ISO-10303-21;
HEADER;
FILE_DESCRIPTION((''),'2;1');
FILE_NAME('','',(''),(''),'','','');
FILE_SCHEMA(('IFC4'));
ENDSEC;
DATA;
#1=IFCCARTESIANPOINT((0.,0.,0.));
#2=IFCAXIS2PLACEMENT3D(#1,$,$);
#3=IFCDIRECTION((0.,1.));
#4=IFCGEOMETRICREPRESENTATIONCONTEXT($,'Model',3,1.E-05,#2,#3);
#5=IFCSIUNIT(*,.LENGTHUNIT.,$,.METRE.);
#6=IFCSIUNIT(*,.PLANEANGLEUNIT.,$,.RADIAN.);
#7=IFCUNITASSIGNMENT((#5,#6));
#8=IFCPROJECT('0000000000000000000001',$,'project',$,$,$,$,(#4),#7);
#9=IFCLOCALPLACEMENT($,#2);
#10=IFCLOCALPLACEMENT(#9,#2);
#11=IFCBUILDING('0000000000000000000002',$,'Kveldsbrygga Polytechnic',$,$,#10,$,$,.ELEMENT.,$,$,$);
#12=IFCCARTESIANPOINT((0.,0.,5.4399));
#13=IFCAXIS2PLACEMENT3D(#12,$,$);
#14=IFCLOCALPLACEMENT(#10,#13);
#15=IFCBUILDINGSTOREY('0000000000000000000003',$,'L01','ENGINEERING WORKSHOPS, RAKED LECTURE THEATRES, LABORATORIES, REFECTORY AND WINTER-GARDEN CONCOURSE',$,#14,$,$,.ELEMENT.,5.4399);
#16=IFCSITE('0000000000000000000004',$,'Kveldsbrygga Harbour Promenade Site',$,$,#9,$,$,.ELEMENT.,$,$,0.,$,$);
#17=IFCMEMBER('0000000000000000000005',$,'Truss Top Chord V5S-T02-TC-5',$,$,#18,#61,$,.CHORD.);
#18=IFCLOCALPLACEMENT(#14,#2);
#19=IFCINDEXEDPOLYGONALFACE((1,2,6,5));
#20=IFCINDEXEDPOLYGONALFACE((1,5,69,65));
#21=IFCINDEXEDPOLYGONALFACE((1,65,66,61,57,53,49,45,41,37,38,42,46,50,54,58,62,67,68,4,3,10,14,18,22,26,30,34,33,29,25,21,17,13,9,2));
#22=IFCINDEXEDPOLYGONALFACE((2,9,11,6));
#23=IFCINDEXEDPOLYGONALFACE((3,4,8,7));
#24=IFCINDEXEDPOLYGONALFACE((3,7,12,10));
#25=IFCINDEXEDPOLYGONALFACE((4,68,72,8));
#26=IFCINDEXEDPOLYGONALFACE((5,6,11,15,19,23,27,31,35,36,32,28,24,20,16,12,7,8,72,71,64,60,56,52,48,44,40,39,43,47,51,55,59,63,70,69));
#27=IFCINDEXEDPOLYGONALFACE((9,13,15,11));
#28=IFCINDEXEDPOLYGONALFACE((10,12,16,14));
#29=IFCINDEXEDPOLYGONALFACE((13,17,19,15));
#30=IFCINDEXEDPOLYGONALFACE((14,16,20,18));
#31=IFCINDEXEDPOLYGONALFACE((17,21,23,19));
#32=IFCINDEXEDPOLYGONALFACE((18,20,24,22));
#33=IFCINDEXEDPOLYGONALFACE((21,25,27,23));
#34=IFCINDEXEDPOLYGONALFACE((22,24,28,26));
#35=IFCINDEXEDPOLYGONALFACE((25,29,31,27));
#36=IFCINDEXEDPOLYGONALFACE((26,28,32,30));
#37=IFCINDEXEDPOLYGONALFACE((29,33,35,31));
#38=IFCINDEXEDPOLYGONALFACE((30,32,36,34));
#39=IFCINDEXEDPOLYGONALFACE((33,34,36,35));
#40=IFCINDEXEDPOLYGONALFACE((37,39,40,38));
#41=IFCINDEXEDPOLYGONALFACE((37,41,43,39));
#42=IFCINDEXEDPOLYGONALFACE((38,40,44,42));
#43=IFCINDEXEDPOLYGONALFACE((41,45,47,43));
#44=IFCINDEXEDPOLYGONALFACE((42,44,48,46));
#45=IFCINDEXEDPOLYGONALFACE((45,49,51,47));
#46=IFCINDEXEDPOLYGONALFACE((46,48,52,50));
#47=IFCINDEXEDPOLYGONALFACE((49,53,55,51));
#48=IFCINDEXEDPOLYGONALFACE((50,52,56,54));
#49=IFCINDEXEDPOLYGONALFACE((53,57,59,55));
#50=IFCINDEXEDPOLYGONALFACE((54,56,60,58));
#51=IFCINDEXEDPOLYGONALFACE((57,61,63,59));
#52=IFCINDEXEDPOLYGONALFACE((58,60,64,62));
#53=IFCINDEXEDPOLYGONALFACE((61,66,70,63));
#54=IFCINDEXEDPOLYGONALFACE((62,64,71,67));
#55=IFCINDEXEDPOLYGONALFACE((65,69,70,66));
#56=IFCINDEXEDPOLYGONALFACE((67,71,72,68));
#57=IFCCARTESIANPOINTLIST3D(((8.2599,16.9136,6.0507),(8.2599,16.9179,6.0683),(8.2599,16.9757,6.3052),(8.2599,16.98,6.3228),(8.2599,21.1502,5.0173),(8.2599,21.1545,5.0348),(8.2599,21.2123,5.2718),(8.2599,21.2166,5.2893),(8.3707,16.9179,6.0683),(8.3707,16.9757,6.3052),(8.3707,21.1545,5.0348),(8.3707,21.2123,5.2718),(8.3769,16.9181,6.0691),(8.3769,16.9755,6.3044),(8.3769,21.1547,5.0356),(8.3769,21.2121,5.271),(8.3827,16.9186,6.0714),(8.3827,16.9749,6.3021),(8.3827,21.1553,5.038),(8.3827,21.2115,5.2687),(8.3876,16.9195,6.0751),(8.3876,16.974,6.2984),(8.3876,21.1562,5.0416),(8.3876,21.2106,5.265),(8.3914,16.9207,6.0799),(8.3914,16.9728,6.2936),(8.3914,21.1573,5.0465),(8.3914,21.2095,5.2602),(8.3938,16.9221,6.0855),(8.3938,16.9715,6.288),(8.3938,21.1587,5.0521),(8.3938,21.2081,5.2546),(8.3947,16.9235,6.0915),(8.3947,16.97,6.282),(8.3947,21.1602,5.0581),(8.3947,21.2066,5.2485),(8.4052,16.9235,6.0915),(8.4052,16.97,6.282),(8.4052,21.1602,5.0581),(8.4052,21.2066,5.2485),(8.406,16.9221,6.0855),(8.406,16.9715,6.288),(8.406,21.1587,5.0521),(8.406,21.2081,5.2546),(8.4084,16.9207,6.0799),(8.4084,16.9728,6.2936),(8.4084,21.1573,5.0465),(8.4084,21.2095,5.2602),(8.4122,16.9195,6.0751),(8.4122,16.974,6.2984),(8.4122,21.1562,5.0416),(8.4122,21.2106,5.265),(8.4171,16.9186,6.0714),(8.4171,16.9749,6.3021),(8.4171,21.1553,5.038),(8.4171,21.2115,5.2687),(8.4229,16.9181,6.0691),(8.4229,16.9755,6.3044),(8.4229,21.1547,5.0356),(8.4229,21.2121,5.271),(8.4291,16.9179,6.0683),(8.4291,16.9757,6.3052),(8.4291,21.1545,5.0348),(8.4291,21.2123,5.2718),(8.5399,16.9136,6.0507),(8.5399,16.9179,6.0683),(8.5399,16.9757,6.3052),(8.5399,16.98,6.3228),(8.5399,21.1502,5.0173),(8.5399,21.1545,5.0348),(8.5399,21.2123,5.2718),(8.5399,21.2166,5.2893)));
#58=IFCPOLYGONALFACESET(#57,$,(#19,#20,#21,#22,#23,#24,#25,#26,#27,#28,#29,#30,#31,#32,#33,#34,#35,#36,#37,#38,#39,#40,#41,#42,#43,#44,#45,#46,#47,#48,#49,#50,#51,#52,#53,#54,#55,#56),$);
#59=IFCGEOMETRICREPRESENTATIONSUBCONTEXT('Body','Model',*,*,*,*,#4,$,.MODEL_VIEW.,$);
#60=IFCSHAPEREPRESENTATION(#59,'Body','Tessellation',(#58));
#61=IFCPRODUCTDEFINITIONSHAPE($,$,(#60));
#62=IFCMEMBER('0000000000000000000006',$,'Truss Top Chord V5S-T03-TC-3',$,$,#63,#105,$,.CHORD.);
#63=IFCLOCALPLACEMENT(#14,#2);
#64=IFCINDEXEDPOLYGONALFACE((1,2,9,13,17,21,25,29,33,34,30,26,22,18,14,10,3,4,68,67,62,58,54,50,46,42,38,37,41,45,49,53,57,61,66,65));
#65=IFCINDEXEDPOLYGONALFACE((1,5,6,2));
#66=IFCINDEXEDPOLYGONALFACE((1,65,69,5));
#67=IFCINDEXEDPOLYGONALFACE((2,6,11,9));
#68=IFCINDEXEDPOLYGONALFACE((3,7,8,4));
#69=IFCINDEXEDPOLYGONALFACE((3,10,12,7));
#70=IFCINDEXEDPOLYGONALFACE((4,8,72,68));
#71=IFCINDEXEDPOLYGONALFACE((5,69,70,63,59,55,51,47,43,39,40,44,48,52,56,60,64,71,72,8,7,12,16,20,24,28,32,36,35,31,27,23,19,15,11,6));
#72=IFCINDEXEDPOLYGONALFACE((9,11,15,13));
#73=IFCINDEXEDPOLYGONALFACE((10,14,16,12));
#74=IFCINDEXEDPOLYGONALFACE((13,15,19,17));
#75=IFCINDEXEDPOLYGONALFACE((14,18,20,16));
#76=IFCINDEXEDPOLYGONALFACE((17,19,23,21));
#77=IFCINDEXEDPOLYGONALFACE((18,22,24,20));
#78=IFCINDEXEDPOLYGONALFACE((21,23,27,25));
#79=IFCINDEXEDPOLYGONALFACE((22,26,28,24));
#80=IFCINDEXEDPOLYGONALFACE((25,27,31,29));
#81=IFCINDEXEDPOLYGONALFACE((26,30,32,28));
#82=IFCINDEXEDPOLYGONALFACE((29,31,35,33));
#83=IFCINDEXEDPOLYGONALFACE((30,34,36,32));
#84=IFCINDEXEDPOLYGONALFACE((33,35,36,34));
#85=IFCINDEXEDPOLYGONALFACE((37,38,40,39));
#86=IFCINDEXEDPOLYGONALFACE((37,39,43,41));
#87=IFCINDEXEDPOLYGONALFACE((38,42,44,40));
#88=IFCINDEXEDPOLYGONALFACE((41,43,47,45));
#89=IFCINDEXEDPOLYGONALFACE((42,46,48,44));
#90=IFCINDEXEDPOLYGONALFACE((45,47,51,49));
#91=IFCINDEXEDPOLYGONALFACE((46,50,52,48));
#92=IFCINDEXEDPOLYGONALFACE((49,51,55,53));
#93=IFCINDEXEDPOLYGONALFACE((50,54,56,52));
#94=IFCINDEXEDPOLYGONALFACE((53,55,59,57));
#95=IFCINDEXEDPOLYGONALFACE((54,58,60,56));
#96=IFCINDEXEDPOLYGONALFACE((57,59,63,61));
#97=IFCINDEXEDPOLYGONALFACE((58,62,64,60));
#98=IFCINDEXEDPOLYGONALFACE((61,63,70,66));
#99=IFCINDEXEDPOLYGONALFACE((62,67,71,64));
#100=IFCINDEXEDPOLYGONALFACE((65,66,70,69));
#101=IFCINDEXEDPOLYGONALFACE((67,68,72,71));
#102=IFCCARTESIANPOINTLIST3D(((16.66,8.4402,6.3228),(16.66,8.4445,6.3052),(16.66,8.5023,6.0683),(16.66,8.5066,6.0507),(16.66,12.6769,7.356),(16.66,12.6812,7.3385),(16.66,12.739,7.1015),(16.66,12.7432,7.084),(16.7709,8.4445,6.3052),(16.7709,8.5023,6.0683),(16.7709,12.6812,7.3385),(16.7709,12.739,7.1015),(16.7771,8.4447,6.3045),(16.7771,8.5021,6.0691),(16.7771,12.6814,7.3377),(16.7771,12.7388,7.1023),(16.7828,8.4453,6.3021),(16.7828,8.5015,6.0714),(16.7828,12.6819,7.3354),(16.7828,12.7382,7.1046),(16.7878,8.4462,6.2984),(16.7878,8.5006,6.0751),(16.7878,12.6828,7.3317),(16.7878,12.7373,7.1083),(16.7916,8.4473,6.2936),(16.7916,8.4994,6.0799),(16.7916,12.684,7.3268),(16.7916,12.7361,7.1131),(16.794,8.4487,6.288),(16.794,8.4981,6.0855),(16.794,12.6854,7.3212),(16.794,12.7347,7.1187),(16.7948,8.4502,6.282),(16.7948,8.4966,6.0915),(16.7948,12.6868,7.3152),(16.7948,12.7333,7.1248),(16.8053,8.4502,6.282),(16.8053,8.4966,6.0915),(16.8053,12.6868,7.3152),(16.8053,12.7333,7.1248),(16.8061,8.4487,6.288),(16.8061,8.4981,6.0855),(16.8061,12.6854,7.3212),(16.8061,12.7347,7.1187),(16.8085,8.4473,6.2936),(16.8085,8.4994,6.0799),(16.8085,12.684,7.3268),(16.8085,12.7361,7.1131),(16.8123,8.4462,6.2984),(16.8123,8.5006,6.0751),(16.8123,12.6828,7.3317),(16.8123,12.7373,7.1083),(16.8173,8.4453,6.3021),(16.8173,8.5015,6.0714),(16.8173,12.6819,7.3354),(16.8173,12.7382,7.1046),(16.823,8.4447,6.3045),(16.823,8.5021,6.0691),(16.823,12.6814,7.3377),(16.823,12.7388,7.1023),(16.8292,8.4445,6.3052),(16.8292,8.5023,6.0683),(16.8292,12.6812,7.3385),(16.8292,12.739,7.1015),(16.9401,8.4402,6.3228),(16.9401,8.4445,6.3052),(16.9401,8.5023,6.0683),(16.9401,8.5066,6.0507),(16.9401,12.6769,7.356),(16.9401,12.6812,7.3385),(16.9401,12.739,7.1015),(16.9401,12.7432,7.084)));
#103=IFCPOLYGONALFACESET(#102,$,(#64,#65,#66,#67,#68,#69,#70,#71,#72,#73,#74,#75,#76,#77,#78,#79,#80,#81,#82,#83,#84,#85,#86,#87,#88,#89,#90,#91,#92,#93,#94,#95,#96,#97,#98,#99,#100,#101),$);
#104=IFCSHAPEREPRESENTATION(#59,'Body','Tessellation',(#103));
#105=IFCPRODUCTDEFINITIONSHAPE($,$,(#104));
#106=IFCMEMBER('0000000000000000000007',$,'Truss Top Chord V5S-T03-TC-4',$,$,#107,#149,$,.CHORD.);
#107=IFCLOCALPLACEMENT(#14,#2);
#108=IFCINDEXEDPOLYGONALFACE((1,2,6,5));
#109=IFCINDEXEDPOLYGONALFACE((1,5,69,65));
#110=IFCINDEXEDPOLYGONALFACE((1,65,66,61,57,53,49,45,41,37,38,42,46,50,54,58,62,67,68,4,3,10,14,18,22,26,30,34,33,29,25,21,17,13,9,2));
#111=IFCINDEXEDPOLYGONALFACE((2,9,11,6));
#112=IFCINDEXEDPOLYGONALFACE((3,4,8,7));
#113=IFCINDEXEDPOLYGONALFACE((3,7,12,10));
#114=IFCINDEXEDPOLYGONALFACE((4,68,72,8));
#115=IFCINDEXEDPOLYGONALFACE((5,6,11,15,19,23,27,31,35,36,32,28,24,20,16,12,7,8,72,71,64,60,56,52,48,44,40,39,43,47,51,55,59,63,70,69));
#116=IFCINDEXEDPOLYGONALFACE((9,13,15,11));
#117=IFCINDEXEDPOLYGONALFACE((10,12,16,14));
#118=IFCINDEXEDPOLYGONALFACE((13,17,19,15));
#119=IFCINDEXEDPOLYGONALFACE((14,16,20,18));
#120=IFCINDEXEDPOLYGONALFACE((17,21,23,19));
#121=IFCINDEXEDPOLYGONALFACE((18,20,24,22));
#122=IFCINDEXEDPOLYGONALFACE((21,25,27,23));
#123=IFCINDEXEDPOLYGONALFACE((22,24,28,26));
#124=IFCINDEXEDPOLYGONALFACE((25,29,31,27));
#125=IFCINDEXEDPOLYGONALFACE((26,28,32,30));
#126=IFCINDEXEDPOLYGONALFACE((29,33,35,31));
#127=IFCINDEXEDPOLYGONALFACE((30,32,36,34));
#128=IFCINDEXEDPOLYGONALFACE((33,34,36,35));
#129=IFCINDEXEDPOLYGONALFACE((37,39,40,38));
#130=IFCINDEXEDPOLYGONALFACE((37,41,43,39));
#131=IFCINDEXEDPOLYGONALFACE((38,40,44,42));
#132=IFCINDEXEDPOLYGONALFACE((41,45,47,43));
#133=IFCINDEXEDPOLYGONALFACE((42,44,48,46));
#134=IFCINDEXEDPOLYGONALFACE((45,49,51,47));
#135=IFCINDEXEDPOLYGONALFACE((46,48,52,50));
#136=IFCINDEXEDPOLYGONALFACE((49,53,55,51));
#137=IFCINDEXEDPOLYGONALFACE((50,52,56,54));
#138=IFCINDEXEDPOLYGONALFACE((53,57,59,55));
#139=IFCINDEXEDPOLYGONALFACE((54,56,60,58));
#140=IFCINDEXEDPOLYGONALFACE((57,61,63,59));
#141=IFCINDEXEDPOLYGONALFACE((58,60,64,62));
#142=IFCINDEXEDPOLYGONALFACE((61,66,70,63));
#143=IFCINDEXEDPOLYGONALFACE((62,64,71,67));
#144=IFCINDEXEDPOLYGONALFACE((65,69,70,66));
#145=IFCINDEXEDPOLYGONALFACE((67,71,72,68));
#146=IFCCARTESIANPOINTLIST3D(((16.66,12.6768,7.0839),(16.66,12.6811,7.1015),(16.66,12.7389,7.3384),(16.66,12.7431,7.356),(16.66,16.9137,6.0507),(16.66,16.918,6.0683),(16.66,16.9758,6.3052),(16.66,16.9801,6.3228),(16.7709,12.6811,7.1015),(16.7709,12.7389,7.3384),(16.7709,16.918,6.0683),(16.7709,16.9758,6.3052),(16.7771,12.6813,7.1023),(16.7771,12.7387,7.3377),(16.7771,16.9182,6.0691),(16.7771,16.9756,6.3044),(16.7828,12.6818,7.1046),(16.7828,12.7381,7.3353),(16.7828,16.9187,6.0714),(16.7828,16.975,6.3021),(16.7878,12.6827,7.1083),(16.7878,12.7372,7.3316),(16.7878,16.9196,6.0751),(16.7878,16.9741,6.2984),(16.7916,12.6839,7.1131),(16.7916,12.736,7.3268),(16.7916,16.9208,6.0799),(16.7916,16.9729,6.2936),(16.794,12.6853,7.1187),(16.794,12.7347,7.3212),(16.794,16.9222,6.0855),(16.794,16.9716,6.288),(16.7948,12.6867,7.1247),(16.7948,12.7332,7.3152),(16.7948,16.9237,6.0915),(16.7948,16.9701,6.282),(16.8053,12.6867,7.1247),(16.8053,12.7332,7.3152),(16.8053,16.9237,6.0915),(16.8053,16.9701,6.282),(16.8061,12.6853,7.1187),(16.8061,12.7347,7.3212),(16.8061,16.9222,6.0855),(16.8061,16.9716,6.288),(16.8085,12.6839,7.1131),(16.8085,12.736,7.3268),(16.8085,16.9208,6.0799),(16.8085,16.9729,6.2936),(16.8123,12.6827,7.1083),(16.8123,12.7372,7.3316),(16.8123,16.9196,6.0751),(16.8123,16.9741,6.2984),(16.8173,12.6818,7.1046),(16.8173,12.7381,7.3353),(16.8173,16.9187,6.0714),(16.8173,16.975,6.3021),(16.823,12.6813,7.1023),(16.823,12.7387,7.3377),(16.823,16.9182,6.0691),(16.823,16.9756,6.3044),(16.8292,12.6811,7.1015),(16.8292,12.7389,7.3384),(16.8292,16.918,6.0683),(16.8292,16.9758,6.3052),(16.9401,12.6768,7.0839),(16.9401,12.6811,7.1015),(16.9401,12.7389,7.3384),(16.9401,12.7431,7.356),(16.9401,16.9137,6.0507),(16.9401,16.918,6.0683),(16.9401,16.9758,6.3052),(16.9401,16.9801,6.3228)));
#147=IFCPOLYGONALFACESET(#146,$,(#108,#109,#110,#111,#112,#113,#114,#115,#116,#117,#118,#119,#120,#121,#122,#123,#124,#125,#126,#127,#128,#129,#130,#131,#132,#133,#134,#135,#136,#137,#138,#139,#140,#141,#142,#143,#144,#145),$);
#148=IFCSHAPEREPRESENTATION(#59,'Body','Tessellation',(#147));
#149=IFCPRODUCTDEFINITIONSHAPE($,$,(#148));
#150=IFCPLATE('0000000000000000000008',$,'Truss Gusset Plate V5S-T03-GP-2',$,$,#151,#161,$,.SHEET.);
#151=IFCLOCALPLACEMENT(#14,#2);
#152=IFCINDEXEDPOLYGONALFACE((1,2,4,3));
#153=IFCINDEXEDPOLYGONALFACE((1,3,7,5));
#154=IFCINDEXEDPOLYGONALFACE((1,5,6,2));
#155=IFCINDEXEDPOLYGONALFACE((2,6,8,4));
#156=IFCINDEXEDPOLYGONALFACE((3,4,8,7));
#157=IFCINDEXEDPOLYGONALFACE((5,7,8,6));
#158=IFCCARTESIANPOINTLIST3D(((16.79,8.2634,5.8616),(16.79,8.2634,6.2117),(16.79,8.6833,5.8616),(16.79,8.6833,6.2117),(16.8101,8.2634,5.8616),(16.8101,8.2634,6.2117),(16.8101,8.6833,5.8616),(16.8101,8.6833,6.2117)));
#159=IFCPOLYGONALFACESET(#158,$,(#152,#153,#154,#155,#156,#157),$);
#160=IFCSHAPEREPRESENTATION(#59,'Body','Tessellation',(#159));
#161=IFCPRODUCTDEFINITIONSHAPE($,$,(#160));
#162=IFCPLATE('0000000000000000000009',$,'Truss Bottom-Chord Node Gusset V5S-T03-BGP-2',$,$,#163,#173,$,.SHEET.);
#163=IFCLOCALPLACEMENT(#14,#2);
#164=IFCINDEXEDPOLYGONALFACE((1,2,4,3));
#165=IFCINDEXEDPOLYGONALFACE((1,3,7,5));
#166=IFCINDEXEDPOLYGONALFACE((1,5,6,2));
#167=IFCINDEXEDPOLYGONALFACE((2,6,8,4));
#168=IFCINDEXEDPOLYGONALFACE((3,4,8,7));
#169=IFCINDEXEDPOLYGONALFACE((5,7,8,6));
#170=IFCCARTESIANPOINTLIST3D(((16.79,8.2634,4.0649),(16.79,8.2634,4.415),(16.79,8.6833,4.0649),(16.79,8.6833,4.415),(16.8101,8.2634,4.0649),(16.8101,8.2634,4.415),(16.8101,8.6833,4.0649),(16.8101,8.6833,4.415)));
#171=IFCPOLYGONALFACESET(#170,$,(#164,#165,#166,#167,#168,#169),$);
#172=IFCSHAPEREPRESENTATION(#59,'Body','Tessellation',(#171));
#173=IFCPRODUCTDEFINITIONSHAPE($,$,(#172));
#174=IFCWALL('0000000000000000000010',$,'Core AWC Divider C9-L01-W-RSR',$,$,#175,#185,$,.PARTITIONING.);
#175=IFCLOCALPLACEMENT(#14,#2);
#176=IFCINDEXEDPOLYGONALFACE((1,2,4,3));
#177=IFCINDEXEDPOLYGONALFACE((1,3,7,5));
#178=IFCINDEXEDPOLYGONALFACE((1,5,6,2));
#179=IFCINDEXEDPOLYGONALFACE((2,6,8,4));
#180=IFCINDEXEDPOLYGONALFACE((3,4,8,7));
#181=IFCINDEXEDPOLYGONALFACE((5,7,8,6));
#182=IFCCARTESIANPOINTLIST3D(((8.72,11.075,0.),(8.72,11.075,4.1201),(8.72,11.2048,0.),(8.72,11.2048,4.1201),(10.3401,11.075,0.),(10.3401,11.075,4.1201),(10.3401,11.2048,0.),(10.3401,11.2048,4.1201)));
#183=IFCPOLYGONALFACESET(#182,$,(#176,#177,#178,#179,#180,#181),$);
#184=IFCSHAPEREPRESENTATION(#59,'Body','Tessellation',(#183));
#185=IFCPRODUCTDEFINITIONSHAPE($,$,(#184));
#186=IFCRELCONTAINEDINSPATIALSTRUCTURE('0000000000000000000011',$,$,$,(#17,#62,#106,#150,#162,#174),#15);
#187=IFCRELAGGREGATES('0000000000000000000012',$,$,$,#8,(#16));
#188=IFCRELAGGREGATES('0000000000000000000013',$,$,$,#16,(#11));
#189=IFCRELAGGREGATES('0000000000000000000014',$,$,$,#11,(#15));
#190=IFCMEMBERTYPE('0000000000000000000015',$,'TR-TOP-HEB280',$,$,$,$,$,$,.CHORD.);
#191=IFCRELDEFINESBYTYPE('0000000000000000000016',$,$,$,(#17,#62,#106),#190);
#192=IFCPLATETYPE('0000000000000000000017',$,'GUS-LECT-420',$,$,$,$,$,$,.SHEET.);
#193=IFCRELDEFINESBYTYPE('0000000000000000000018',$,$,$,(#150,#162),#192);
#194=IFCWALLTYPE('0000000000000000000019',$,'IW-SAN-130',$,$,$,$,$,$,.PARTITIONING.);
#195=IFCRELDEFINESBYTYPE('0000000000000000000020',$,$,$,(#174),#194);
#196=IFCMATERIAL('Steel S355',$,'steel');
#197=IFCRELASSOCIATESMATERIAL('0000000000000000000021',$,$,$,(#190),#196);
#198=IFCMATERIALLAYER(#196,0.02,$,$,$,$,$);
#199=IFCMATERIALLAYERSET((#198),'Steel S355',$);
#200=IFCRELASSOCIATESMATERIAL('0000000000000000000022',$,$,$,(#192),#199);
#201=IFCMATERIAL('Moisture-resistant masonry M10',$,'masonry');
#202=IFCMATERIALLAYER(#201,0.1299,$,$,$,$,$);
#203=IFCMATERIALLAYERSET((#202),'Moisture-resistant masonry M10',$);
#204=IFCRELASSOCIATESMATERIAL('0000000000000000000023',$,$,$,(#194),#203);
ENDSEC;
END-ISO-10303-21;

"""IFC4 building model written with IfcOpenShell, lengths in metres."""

from ifc_helpers import new_model, si_unit, direction, frame, frame_2d, origin, origin_2d, place, context, subcontext, project, spatial, rectangle, i_section, extrude, material, layer, layer_set, material_profile, profile_set, type_object, element, save


model = new_model("IFC4")

# Units and contexts
model_context = context("Model", 3, precision=1e-05, world=origin(), true_north=direction((0.0, 1.0)))
body_context = subcontext(model_context, "Body", "Model", "MODEL_VIEW")
ifc_project = project(units=[si_unit("LENGTHUNIT", "METRE"), si_unit("PLANEANGLEUNIT", "RADIAN")], contexts=[model_context])

# Site, building, storey
site_placement = place(None, origin())
site = spatial("IfcSite", under=ifc_project, at=site_placement, Name="Kveldsbrygga Harbour Promenade Site", CompositionType="ELEMENT", RefElevation=0.0)
building_placement = place(site_placement, origin())
building = spatial("IfcBuilding", under=site, at=building_placement, Name="Kveldsbrygga Polytechnic", CompositionType="ELEMENT")
storey_placement = place(building_placement, frame((0.0, 0.0, 5.4399)))
storey = spatial("IfcBuildingStorey", under=building, at=storey_placement, Name="L01", Description="ENGINEERING WORKSHOPS, RAKED LECTURE THEATRES, LABORATORIES, REFECTORY AND WINTER-GARDEN CONCOURSE", CompositionType="ELEMENT", Elevation=5.4399)

# Members
ifc_material_1 = material(Name="Steel S355", Category="steel")
ifc_material_profile_1 = material_profile(ifc_material_1, i_section(OverallWidth=0.28, OverallDepth=0.28, WebThickness=0.0105, FlangeThickness=0.0181, FilletRadius=0.0239, at=origin_2d()), Name="HEB 280")
ifc_profile_set_1 = profile_set([ifc_material_profile_1], Name="Steel S355")
member_type_1 = type_object("IfcMemberType", Name="TR-TOP-HEB280", PredefinedType="CHORD", material=ifc_profile_set_1)
for number, where, z_axis, x_axis, name in (
    (1, (8.3999, 16.9468, 6.1868), (0.0, 0.971513, -0.236986), (-1.0, 0.0, 0.0), "Truss Top Chord V5S-T02-TC-5"),
    (2, (16.8, 8.4734, 6.1868), (0.0, 0.971526, 0.236933), (-1.0, 0.0, 0.0), "Truss Top Chord V5S-T03-TC-3"),
):
    element("IfcMember", number, at=place(storey_placement, frame(where, z_axis=z_axis, x_axis=x_axis)), inside=storey, type_object=member_type_1, Name=name, PredefinedType="CHORD", context=body_context, shape_type="SweptSolid", body=[
        extrude(i_section(OverallWidth=0.28, OverallDepth=0.28, WebThickness=0.0105, FlangeThickness=0.0181, FilletRadius=0.0239, at=origin_2d()), origin(), (0.0, 0.0, 1.0), 4.3608),
    ])
member_1_placement = place(storey_placement, frame((16.8, 12.71, 7.22), z_axis=(0.0, 0.971529, -0.23692), x_axis=(-1.0, 0.0, 0.0)))
element("IfcMember", 3, at=member_1_placement, inside=storey, type_object=member_type_1, Name="Truss Top Chord V5S-T03-TC-4", PredefinedType="CHORD", context=body_context, shape_type="SweptSolid", body=[
    extrude(i_section(OverallWidth=0.28, OverallDepth=0.28, WebThickness=0.0105, FlangeThickness=0.0181, FilletRadius=0.0239, at=origin_2d()), origin(), (0.0, 0.0, 1.0), 4.3611),
])

# Plates
ifc_layer_1 = layer(ifc_material_1, 0.02)
ifc_layer_set_1 = layer_set([ifc_layer_1], Name="Steel S355")
plate_type = type_object("IfcPlateType", Name="GUS-LECT-420", PredefinedType="SHEET", material=ifc_layer_set_1)
for number, where, z_axis, x_axis, name in (
    (4, (16.8, 8.4734, 5.8616), (0.0, 0.0, 1.0), (1.0, 0.0, 0.0), "Truss Gusset Plate V5S-T03-GP-2"),
    (5, (16.8, 8.4734, 4.0649), (0.0, 0.0, 1.0), (1.0, 0.0, 0.0), "Truss Bottom-Chord Node Gusset V5S-T03-BGP-2"),
):
    element("IfcPlate", number, at=place(storey_placement, frame(where, z_axis=z_axis, x_axis=x_axis)), inside=storey, type_object=plate_type, Name=name, PredefinedType="SHEET", context=body_context, shape_type="SweptSolid", body=[
        extrude(rectangle(XDim=0.02, YDim=0.4199, at=origin_2d()), origin(), (0.0, 0.0, 1.0), 0.3501),
    ])

# Wall
ifc_material_2 = material(Name="Moisture-resistant masonry M10", Category="masonry")
ifc_layer_2 = layer(ifc_material_2, 0.1299)
ifc_layer_set_2 = layer_set([ifc_layer_2], Name="Moisture-resistant masonry M10")
wall_type_1 = type_object("IfcWallType", Name="IW-SAN-130", PredefinedType="PARTITIONING", material=ifc_layer_set_2)
wall_1_placement = place(storey_placement, frame((8.72, 11.1399, 0.0), z_axis=(0.0, 0.0, 1.0), x_axis=(1.0, 0.0, 0.0)))
element("IfcWall", 6, at=wall_1_placement, inside=storey, type_object=wall_type_1, Name="Core AWC Divider C9-L01-W-RSR", PredefinedType="PARTITIONING", context=body_context, shape_type="SweptSolid", body=[
    extrude(rectangle(XDim=1.6201, YDim=0.1299, at=frame_2d((0.8101, 0.0))), origin(), (0.0, 0.0, 1.0), 4.1201),
])

save(model, "model.ifc")
